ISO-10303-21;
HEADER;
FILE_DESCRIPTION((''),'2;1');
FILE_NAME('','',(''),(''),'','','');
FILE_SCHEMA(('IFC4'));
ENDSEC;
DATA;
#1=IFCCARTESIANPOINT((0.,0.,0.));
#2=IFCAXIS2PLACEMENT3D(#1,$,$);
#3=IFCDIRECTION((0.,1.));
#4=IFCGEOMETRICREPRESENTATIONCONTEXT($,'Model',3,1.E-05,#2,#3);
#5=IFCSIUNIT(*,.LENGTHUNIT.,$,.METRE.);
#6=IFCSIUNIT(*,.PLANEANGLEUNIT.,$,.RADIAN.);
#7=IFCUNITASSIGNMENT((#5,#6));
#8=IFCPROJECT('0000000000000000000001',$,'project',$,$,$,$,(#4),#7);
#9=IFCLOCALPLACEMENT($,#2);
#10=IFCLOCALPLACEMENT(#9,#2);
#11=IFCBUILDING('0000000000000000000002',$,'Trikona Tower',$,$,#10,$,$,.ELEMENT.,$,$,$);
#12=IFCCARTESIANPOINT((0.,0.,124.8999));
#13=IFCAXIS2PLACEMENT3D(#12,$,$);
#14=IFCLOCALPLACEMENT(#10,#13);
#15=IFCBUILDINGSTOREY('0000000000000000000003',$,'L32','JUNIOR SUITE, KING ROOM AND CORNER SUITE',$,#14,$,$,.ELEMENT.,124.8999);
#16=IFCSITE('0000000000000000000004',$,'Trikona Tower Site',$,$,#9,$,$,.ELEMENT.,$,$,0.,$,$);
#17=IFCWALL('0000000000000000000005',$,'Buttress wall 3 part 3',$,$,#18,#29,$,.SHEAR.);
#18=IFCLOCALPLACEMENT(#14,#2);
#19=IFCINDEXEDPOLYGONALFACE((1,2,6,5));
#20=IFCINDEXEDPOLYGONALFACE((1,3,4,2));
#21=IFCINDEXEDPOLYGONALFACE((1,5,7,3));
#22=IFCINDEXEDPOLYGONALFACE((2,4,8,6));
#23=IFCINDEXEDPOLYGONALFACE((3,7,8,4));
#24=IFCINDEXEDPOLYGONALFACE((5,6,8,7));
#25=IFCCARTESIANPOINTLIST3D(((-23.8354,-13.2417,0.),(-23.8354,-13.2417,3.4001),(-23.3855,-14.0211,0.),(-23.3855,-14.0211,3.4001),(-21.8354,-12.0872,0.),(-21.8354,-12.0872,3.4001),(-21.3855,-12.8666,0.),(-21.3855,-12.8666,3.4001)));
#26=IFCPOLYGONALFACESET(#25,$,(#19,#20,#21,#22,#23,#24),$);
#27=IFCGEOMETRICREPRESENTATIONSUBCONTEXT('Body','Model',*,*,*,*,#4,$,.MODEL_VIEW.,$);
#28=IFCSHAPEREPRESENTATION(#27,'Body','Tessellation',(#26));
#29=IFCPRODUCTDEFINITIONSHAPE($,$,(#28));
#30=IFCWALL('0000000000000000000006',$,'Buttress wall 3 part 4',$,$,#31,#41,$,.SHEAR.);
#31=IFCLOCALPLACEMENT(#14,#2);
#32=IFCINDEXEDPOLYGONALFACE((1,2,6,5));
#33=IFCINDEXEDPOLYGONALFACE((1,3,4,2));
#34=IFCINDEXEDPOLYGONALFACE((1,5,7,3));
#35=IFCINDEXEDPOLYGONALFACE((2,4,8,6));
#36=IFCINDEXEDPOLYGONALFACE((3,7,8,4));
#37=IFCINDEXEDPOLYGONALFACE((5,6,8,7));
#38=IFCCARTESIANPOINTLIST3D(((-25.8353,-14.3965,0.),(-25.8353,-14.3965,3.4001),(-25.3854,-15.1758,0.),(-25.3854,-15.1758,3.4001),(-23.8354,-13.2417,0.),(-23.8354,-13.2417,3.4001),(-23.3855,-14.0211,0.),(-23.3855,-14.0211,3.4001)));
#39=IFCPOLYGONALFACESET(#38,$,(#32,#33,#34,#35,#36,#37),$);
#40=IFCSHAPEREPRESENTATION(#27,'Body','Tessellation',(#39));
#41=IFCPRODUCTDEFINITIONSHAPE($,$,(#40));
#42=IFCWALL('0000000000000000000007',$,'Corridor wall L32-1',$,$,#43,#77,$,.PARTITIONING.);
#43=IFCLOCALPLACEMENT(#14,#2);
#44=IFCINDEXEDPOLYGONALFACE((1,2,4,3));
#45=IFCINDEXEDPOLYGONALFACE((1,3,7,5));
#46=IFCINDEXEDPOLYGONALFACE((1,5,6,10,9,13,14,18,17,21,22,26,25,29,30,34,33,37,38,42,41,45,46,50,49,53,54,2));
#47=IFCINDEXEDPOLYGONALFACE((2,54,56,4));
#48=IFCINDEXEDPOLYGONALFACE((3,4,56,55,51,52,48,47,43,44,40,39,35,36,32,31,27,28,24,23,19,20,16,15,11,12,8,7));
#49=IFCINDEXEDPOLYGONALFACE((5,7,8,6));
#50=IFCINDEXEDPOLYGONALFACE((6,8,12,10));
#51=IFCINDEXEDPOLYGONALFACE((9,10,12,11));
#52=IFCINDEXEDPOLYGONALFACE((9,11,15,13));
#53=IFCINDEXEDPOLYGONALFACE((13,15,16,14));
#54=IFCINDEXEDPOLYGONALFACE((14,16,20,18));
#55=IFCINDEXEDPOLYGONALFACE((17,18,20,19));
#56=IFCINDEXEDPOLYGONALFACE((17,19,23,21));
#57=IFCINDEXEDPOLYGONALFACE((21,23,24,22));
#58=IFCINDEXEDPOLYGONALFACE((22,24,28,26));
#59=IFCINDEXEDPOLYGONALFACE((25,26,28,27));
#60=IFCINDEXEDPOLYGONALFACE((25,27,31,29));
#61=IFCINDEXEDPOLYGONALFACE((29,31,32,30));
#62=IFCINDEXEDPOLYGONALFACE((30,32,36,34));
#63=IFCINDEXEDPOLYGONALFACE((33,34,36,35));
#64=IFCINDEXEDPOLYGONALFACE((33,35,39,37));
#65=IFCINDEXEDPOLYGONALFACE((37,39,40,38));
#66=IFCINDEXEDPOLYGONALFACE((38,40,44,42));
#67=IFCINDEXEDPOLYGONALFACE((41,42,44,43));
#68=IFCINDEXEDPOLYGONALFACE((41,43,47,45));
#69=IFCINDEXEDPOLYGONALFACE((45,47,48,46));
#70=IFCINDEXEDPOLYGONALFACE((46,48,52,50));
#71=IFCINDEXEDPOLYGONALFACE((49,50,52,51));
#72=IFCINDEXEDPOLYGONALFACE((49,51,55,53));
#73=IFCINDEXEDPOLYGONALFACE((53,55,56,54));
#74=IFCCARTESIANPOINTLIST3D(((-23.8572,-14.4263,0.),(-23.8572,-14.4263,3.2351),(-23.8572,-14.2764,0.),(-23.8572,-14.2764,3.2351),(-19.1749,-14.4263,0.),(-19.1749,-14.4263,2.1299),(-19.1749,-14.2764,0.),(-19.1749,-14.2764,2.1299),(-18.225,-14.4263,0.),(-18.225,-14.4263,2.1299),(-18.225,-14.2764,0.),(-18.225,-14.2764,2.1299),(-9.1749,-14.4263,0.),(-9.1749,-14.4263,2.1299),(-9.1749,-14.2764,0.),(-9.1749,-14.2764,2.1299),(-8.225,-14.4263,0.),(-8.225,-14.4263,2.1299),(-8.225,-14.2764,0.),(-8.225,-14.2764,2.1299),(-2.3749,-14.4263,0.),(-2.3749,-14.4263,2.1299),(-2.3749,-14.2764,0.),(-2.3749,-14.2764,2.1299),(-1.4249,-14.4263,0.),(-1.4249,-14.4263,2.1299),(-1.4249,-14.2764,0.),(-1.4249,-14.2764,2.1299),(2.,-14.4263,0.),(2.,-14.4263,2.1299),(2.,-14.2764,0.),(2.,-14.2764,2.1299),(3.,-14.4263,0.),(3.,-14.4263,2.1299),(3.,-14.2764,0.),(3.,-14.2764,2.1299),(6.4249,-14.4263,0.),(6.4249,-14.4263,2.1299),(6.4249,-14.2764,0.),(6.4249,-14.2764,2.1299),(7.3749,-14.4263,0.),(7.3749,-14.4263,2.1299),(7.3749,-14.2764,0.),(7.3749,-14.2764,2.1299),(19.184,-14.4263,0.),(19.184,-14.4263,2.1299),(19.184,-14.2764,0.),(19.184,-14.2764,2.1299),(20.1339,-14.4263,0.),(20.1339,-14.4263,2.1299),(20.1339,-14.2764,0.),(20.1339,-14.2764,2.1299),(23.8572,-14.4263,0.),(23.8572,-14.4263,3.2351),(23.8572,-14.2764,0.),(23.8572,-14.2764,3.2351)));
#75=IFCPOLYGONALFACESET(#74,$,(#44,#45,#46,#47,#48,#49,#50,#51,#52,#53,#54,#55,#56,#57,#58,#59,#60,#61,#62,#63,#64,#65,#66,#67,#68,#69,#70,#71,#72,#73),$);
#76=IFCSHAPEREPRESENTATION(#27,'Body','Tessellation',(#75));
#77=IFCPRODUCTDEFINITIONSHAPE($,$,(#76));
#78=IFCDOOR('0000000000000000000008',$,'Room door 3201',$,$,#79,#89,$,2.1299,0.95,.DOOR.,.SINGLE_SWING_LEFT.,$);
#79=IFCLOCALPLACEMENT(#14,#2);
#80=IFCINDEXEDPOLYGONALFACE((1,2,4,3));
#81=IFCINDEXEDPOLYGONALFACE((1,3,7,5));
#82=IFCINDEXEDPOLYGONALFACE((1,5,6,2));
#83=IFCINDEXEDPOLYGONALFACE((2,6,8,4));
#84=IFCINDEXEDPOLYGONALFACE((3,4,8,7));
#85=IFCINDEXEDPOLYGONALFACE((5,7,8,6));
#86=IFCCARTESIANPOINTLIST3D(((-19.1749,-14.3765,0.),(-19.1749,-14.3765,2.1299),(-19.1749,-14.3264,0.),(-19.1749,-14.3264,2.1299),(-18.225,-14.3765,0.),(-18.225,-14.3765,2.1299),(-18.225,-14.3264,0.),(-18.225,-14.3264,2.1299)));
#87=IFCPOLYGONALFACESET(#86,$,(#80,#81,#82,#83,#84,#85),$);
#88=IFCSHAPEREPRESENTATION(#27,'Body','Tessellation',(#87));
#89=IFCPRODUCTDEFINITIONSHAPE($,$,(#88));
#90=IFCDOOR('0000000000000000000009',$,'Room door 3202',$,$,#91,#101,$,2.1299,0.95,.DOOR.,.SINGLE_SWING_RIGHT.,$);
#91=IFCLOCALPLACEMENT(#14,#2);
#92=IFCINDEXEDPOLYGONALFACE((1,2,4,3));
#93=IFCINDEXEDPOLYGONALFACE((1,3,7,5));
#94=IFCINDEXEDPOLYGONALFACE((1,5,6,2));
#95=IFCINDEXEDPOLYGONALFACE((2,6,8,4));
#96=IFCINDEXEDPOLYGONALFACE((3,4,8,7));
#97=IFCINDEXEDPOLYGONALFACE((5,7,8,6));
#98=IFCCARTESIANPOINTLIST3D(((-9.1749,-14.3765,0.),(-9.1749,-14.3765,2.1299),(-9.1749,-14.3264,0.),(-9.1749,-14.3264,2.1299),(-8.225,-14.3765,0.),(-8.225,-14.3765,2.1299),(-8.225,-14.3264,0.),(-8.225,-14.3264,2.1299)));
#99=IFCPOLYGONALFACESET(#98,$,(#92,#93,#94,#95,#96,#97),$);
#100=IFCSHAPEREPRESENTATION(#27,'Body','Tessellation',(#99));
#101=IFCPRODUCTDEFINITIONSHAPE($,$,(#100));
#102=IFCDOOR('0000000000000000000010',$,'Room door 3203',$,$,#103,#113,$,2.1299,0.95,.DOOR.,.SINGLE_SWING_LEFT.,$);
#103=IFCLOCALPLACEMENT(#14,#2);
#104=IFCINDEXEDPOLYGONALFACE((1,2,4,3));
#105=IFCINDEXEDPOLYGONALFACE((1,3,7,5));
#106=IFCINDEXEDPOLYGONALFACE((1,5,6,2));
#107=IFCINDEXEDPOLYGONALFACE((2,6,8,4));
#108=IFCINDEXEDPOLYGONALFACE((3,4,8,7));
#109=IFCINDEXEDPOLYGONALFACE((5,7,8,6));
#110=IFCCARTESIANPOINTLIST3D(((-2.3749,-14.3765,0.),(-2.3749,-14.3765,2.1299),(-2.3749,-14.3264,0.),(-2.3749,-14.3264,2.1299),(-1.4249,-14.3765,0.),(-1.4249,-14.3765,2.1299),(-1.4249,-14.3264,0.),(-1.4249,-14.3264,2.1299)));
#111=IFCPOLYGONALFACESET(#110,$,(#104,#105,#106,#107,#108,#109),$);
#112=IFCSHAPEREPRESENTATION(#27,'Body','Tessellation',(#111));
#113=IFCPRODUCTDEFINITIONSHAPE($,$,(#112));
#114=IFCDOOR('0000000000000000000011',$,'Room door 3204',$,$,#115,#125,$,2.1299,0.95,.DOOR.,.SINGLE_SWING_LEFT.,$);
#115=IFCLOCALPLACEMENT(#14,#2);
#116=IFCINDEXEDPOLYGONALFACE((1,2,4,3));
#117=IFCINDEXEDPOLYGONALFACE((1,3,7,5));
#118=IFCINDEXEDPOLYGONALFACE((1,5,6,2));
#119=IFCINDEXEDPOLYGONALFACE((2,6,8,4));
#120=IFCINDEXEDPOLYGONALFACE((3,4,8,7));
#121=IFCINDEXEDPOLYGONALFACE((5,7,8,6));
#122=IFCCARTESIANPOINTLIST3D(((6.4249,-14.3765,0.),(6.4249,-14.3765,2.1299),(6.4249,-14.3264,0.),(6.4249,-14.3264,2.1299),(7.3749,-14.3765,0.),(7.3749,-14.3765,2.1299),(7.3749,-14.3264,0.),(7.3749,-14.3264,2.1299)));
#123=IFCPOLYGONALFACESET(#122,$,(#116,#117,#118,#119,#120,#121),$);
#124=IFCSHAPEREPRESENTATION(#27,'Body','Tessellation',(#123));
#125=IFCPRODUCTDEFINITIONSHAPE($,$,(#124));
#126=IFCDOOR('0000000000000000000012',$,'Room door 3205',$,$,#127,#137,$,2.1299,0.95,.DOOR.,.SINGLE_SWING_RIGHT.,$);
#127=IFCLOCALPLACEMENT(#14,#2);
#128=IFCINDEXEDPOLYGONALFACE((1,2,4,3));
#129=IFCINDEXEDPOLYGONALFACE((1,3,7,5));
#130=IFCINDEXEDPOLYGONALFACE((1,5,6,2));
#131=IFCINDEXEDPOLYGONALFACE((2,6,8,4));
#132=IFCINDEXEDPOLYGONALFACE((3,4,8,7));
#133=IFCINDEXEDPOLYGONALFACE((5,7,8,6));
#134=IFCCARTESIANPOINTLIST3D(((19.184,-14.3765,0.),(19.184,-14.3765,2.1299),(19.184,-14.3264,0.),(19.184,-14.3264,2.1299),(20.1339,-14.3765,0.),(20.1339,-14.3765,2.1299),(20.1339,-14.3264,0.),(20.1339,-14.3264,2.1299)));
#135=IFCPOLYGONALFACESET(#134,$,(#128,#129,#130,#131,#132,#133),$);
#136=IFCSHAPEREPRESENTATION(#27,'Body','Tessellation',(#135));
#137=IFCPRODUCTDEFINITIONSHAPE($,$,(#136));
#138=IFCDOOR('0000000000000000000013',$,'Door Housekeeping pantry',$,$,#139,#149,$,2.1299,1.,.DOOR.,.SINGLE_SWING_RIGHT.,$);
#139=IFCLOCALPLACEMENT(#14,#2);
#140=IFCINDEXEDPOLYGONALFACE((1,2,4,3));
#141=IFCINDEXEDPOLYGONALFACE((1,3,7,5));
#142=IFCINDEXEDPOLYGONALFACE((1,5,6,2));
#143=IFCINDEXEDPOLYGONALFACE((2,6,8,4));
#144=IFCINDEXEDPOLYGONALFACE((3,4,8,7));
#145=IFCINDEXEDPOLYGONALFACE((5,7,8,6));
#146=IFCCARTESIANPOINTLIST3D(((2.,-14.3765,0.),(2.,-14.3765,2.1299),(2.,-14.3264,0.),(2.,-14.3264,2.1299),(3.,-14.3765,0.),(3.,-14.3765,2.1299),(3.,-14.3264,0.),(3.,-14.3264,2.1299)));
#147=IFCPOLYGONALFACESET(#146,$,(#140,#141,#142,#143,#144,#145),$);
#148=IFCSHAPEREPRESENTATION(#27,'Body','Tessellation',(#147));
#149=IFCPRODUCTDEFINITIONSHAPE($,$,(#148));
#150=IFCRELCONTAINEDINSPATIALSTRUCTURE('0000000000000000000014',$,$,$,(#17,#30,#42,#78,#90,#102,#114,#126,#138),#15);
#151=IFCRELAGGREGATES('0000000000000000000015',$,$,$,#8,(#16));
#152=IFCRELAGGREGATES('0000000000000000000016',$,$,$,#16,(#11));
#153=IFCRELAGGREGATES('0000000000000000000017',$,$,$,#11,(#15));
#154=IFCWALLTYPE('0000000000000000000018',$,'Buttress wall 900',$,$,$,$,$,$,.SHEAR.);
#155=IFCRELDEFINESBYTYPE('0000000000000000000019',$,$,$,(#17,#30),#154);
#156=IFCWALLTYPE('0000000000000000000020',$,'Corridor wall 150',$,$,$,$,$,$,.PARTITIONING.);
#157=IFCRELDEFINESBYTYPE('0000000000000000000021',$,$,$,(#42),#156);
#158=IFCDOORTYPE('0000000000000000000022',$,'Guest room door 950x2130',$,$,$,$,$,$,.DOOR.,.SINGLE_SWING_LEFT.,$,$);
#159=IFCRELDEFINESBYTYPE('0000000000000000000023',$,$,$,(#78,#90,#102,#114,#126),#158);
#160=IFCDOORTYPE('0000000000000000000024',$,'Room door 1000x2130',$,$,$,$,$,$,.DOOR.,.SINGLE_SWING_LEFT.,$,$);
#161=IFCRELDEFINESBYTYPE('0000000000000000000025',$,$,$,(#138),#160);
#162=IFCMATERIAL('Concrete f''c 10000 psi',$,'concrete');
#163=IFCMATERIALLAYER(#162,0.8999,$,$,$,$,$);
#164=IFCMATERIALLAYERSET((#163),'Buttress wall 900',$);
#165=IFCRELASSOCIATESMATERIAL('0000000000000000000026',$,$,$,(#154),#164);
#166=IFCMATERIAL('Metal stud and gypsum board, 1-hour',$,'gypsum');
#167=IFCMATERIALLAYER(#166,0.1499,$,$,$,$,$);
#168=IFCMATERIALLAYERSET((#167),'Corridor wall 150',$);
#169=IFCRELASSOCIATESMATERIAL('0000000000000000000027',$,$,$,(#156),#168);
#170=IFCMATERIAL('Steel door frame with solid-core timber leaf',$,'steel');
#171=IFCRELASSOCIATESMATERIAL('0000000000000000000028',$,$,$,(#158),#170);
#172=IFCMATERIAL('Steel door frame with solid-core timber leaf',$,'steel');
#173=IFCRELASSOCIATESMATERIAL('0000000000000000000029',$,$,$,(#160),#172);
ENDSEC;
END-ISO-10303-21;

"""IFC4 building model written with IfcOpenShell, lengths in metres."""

from ifc_helpers import new_model, si_unit, direction, frame, frame_2d, origin, place, context, subcontext, project, spatial, rectangle, extrude, material, layer, layer_set, type_object, element, fill, save


model = new_model("IFC4")

# Units and contexts
model_context = context("Model", 3, precision=1e-05, world=origin(), true_north=direction((0.0, 1.0)))
body_context = subcontext(model_context, "Body", "Model", "MODEL_VIEW")
ifc_project = project(units=[si_unit("LENGTHUNIT", "METRE"), si_unit("PLANEANGLEUNIT", "RADIAN")], contexts=[model_context])

# Site, building, storey
site_placement = place(None, origin())
site = spatial("IfcSite", under=ifc_project, at=site_placement, Name="Trikona Tower Site", CompositionType="ELEMENT", RefElevation=0.0)
building_placement = place(site_placement, origin())
building = spatial("IfcBuilding", under=site, at=building_placement, Name="Trikona Tower", CompositionType="ELEMENT")
storey_placement = place(building_placement, frame((0.0, 0.0, 124.8999)))
storey = spatial("IfcBuildingStorey", under=building, at=storey_placement, Name="L32", Description="JUNIOR SUITE, KING ROOM AND CORNER SUITE", CompositionType="ELEMENT", Elevation=124.8999)

# Walls
ifc_material_1 = material(Name="Concrete f'c 10000 psi", Category="concrete")
ifc_layer_1 = layer(ifc_material_1, 0.8999)
ifc_layer_set_1 = layer_set([ifc_layer_1], Name="Buttress wall 900")
wall_type_1 = type_object("IfcWallType", Name="Buttress wall 900", PredefinedType="SHEAR", material=ifc_layer_set_1)
for number, where, z_axis, x_axis, name in (
    (1, (-21.6104, -12.4768, 0.0), (0.0, 0.0, 1.0), (-0.866055, -0.499948, 0.0), "Buttress wall 3 part 3"),
    (2, (-23.6104, -13.6313, 0.0), (0.0, 0.0, 1.0), (-0.86601, -0.500027, 0.0), "Buttress wall 3 part 4"),
):
    element("IfcWall", number, at=place(storey_placement, frame(where, z_axis=z_axis, x_axis=x_axis)), inside=storey, type_object=wall_type_1, Name=name, PredefinedType="SHEAR", context=body_context, shape_type="SweptSolid", body=[
        extrude(rectangle(XDim=2.3093, YDim=0.8999, at=frame_2d((1.1548, 0.0))), origin(), (0.0, 0.0, 1.0), 3.4001),
    ])

# Wall, openings, doors
ifc_material_2 = material(Name="Metal stud and gypsum board, 1-hour", Category="gypsum")
ifc_layer_2 = layer(ifc_material_2, 0.1499)
ifc_layer_set_2 = layer_set([ifc_layer_2], Name="Corridor wall 150")
wall_type_2 = type_object("IfcWallType", Name="Corridor wall 150", PredefinedType="PARTITIONING", material=ifc_layer_set_2)
wall_1_placement = place(storey_placement, frame((-23.8572, -14.3513, 0.0), z_axis=(0.0, 0.0, 1.0), x_axis=(1.0, 0.0, 0.0)))
wall_1 = element("IfcWall", 3, at=wall_1_placement, inside=storey, type_object=wall_type_2, Name="Corridor wall L32-1", PredefinedType="PARTITIONING", context=body_context, shape_type="SweptSolid", body=[
    extrude(rectangle(XDim=47.7144, YDim=0.1499, at=frame_2d((23.8572, 0.0))), origin(), (0.0, 0.0, 1.0), 3.2351),
])
opening_1_placement = place(wall_1_placement, frame((4.6821, 0.0, 0.0)))
opening_1 = element("IfcOpeningElement", 4, at=opening_1_placement, cuts=wall_1, PredefinedType="OPENING", context=body_context, shape_type="SweptSolid", body=[
    extrude(rectangle(XDim=0.95, YDim=2.1299, at=frame_2d((0.4751, 1.0649))), frame((0.0, 0.085, 0.0), z_axis=(0.0, -1.0, 0.0), x_axis=(1.0, 0.0, 0.0)), (0.0, 0.0, 1.0), 0.1699),
])
opening_2_placement = place(wall_1_placement, frame((14.6821, 0.0, 0.0)))
opening_2 = element("IfcOpeningElement", 5, at=opening_2_placement, cuts=wall_1, PredefinedType="OPENING", context=body_context, shape_type="SweptSolid", body=[
    extrude(rectangle(XDim=0.95, YDim=2.1299, at=frame_2d((0.4751, 1.0649))), frame((0.0, 0.085, 0.0), z_axis=(0.0, -1.0, 0.0), x_axis=(1.0, 0.0, 0.0)), (0.0, 0.0, 1.0), 0.1699),
])
opening_3_placement = place(wall_1_placement, frame((21.4822, 0.0, 0.0)))
opening_3 = element("IfcOpeningElement", 6, at=opening_3_placement, cuts=wall_1, PredefinedType="OPENING", context=body_context, shape_type="SweptSolid", body=[
    extrude(rectangle(XDim=0.95, YDim=2.1299, at=frame_2d((0.4751, 1.0649))), frame((0.0, 0.085, 0.0), z_axis=(0.0, -1.0, 0.0), x_axis=(1.0, 0.0, 0.0)), (0.0, 0.0, 1.0), 0.1699),
])
opening_4_placement = place(wall_1_placement, frame((25.8572, 0.0, 0.0)))
opening_4 = element("IfcOpeningElement", 7, at=opening_4_placement, cuts=wall_1, PredefinedType="OPENING", context=body_context, shape_type="SweptSolid", body=[
    extrude(rectangle(XDim=1.0, YDim=2.1299, at=frame_2d((0.5, 1.0649))), frame((0.0, 0.085, 0.0), z_axis=(0.0, -1.0, 0.0), x_axis=(1.0, 0.0, 0.0)), (0.0, 0.0, 1.0), 0.1699),
])
opening_5_placement = place(wall_1_placement, frame((30.282, 0.0, 0.0)))
opening_5 = element("IfcOpeningElement", 8, at=opening_5_placement, cuts=wall_1, PredefinedType="OPENING", context=body_context, shape_type="SweptSolid", body=[
    extrude(rectangle(XDim=0.95, YDim=2.1299, at=frame_2d((0.4751, 1.0649))), frame((0.0, 0.085, 0.0), z_axis=(0.0, -1.0, 0.0), x_axis=(1.0, 0.0, 0.0)), (0.0, 0.0, 1.0), 0.1699),
])
opening_6_placement = place(wall_1_placement, frame((43.041, 0.0, 0.0)))
opening_6 = element("IfcOpeningElement", 9, at=opening_6_placement, cuts=wall_1, PredefinedType="OPENING", context=body_context, shape_type="SweptSolid", body=[
    extrude(rectangle(XDim=0.95, YDim=2.1299, at=frame_2d((0.4751, 1.0649))), frame((0.0, 0.085, 0.0), z_axis=(0.0, -1.0, 0.0), x_axis=(1.0, 0.0, 0.0)), (0.0, 0.0, 1.0), 0.1699),
])
ifc_material_3 = material(Name="Steel door frame with solid-core timber leaf", Category="steel")
door_type_1 = type_object("IfcDoorType", Name="Guest room door 950x2130", OperationType="SINGLE_SWING_LEFT", PredefinedType="DOOR", material=ifc_material_3)
door_1_placement = place(opening_1_placement, origin())
door_1 = element("IfcDoor", 10, at=door_1_placement, inside=storey, type_object=door_type_1, Name="Room door 3201", OperationType="SINGLE_SWING_LEFT", OverallHeight=2.1299, OverallWidth=0.95, PredefinedType="DOOR", context=body_context, shape_type="SweptSolid", body=[
    extrude(rectangle(XDim=0.95, YDim=2.1299, at=frame_2d((0.4751, 1.0649))), frame((0.0, 0.0249, 0.0), z_axis=(0.0, -1.0, 0.0), x_axis=(1.0, 0.0, 0.0)), (0.0, 0.0, 1.0), 0.05),
])
fill(opening_1, door_1)
door_2_placement = place(opening_2_placement, origin())
door_2 = element("IfcDoor", 11, at=door_2_placement, inside=storey, type_object=door_type_1, Name="Room door 3202", OperationType="SINGLE_SWING_RIGHT", OverallHeight=2.1299, OverallWidth=0.95, PredefinedType="DOOR", context=body_context, shape_type="SweptSolid", body=[
    extrude(rectangle(XDim=0.95, YDim=2.1299, at=frame_2d((0.4751, 1.0649))), frame((0.0, 0.0249, 0.0), z_axis=(0.0, -1.0, 0.0), x_axis=(1.0, 0.0, 0.0)), (0.0, 0.0, 1.0), 0.05),
])
fill(opening_2, door_2)
door_3_placement = place(opening_3_placement, origin())
door_3 = element("IfcDoor", 12, at=door_3_placement, inside=storey, type_object=door_type_1, Name="Room door 3203", OperationType="SINGLE_SWING_LEFT", OverallHeight=2.1299, OverallWidth=0.95, PredefinedType="DOOR", context=body_context, shape_type="SweptSolid", body=[
    extrude(rectangle(XDim=0.95, YDim=2.1299, at=frame_2d((0.4751, 1.0649))), frame((0.0, 0.0249, 0.0), z_axis=(0.0, -1.0, 0.0), x_axis=(1.0, 0.0, 0.0)), (0.0, 0.0, 1.0), 0.05),
])
fill(opening_3, door_3)
door_4_placement = place(opening_5_placement, origin())
door_4 = element("IfcDoor", 13, at=door_4_placement, inside=storey, type_object=door_type_1, Name="Room door 3204", OperationType="SINGLE_SWING_LEFT", OverallHeight=2.1299, OverallWidth=0.95, PredefinedType="DOOR", context=body_context, shape_type="SweptSolid", body=[
    extrude(rectangle(XDim=0.95, YDim=2.1299, at=frame_2d((0.4751, 1.0649))), frame((0.0, 0.0249, 0.0), z_axis=(0.0, -1.0, 0.0), x_axis=(1.0, 0.0, 0.0)), (0.0, 0.0, 1.0), 0.05),
])
fill(opening_5, door_4)
door_5_placement = place(opening_6_placement, origin())
door_5 = element("IfcDoor", 14, at=door_5_placement, inside=storey, type_object=door_type_1, Name="Room door 3205", OperationType="SINGLE_SWING_RIGHT", OverallHeight=2.1299, OverallWidth=0.95, PredefinedType="DOOR", context=body_context, shape_type="SweptSolid", body=[
    extrude(rectangle(XDim=0.95, YDim=2.1299, at=frame_2d((0.4751, 1.0649))), frame((0.0, 0.0249, 0.0), z_axis=(0.0, -1.0, 0.0), x_axis=(1.0, 0.0, 0.0)), (0.0, 0.0, 1.0), 0.05),
])
fill(opening_6, door_5)
ifc_material_4 = material(Name="Steel door frame with solid-core timber leaf", Category="steel")
door_type_2 = type_object("IfcDoorType", Name="Room door 1000x2130", OperationType="SINGLE_SWING_LEFT", PredefinedType="DOOR", material=ifc_material_4)
door_6_placement = place(opening_4_placement, origin())
door_6 = element("IfcDoor", 15, at=door_6_placement, inside=storey, type_object=door_type_2, Name="Door Housekeeping pantry", OperationType="SINGLE_SWING_RIGHT", OverallHeight=2.1299, OverallWidth=1.0, PredefinedType="DOOR", context=body_context, shape_type="SweptSolid", body=[
    extrude(rectangle(XDim=1.0, YDim=2.1299, at=frame_2d((0.5, 1.0649))), frame((0.0, 0.0249, 0.0), z_axis=(0.0, -1.0, 0.0), x_axis=(1.0, 0.0, 0.0)), (0.0, 0.0, 1.0), 0.05),
])
fill(opening_4, door_6)

save(model, "model.ifc")
